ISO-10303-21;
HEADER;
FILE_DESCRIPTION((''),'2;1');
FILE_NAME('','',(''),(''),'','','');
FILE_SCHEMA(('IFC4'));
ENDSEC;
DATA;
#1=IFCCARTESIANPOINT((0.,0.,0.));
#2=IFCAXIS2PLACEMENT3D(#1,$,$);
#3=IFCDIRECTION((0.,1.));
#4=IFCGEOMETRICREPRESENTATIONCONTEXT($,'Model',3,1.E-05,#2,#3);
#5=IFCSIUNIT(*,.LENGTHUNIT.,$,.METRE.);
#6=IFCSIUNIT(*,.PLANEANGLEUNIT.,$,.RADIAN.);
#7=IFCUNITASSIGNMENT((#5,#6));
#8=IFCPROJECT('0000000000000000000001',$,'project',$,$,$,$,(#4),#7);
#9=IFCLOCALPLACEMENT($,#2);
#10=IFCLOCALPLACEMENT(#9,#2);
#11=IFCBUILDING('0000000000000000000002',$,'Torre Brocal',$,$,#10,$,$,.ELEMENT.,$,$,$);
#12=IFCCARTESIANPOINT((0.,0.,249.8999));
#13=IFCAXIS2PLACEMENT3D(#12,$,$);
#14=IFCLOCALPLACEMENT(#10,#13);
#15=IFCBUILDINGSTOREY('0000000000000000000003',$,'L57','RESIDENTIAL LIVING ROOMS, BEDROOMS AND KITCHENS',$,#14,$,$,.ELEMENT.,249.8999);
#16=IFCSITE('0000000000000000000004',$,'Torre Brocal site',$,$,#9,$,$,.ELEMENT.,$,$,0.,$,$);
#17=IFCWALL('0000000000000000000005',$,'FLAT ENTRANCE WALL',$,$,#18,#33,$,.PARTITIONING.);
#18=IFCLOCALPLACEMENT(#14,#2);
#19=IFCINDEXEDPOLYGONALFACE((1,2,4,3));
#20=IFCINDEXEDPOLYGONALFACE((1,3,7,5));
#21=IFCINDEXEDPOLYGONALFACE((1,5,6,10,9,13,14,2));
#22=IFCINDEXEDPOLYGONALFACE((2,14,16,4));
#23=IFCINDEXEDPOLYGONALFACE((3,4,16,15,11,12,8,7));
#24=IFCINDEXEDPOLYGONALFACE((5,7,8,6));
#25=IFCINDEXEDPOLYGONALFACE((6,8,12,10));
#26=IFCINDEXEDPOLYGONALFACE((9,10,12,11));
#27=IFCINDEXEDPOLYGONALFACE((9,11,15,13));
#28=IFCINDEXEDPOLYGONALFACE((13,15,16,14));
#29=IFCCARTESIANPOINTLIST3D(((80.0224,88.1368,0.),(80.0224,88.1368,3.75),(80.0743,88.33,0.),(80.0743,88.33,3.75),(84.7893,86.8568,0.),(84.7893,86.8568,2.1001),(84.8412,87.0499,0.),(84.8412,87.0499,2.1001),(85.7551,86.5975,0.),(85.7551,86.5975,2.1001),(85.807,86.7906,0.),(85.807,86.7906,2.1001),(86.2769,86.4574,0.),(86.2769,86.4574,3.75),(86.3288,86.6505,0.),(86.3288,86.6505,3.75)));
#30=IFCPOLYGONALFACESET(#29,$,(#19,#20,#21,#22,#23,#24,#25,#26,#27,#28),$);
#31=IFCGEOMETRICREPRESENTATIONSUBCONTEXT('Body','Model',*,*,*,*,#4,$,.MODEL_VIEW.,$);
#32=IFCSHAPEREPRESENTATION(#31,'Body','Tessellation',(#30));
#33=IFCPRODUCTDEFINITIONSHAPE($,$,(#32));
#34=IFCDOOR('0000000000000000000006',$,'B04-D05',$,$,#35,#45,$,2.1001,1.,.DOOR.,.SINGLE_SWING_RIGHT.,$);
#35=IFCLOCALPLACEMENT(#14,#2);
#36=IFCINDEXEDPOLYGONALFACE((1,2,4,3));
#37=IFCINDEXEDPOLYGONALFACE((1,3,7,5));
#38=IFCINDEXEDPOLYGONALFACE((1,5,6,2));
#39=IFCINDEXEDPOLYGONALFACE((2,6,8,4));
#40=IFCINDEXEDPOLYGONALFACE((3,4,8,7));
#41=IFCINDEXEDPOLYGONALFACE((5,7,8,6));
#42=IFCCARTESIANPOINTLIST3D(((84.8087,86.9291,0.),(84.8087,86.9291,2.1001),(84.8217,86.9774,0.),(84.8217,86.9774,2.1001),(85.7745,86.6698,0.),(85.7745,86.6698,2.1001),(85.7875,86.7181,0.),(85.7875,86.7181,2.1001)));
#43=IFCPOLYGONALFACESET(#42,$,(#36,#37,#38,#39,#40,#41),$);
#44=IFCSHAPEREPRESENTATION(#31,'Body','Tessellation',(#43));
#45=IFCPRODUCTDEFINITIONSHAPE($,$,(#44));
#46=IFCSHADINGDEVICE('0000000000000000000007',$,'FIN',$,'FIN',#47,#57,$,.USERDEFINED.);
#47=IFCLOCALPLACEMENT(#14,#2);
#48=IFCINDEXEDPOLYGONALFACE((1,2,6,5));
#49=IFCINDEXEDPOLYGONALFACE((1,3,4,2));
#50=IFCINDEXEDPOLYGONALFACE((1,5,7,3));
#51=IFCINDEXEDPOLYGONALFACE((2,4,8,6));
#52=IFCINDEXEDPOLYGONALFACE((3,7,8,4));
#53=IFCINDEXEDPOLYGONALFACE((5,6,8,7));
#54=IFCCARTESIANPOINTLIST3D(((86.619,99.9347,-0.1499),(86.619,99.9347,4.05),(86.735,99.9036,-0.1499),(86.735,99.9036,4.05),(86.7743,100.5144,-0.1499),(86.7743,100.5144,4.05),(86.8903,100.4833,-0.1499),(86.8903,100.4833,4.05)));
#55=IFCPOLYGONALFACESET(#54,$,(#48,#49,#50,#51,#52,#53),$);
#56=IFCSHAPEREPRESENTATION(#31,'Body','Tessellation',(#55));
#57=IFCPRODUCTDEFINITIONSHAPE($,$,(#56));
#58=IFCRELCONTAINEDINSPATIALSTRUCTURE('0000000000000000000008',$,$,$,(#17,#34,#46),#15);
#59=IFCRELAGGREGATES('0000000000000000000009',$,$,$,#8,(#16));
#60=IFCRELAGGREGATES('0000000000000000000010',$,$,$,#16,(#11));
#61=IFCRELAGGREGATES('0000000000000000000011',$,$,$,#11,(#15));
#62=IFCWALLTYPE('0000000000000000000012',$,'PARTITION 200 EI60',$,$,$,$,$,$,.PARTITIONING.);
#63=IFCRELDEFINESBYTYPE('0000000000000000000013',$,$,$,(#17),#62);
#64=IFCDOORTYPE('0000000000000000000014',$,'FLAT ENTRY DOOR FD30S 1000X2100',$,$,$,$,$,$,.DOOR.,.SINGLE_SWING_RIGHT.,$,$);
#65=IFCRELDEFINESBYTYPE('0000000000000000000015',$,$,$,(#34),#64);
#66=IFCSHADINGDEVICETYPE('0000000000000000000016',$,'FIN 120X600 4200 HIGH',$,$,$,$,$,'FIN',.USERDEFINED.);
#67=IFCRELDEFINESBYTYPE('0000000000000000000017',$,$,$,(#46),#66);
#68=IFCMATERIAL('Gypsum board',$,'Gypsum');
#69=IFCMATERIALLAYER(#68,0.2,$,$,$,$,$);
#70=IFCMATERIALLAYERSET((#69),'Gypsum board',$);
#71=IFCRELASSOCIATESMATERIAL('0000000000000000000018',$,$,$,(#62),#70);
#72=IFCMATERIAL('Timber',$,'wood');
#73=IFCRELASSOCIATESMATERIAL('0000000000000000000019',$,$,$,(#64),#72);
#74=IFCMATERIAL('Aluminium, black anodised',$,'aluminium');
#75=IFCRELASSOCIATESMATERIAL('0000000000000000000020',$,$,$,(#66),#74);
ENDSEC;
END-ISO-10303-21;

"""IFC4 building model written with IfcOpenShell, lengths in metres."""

from ifc_helpers import new_model, si_unit, direction, frame, frame_2d, origin, origin_2d, place, context, subcontext, project, spatial, rectangle, extrude, material, layer, layer_set, material_profile, profile_set, type_object, element, fill, save


model = new_model("IFC4")

# Units and contexts
model_context = context("Model", 3, precision=1e-05, world=origin(), true_north=direction((0.0, 1.0)))
body_context = subcontext(model_context, "Body", "Model", "MODEL_VIEW")
ifc_project = project(units=[si_unit("LENGTHUNIT", "METRE"), si_unit("PLANEANGLEUNIT", "RADIAN")], contexts=[model_context])

# Site, building, storey
site_placement = place(None, origin())
site = spatial("IfcSite", under=ifc_project, at=site_placement, Name="Torre Brocal site", CompositionType="ELEMENT", RefElevation=0.0)
building_placement = place(site_placement, origin())
building = spatial("IfcBuilding", under=site, at=building_placement, Name="Torre Brocal", CompositionType="ELEMENT")
storey_placement = place(building_placement, frame((0.0, 0.0, 249.8999)))
storey = spatial("IfcBuildingStorey", under=building, at=storey_placement, Name="L57", Description="RESIDENTIAL LIVING ROOMS, BEDROOMS AND KITCHENS", CompositionType="ELEMENT", Elevation=249.8999)

# Wall, opening, door
ifc_material_1 = material(Name="Gypsum board", Category="Gypsum")
ifc_layer_1 = layer(ifc_material_1, 0.2)
ifc_layer_set_1 = layer_set([ifc_layer_1], Name="Gypsum board")
wall_type_1 = type_object("IfcWallType", Name="PARTITION 200 EI60", PredefinedType="PARTITIONING", material=ifc_layer_set_1)
wall_1_placement = place(storey_placement, frame((80.0483, 88.2334, 0.0), z_axis=(0.0, 0.0, 1.0), x_axis=(0.965787, -0.259335, 0.0)))
wall_1 = element("IfcWall", 1, at=wall_1_placement, inside=storey, type_object=wall_type_1, Name="FLAT ENTRANCE WALL", PredefinedType="PARTITIONING", context=body_context, shape_type="SweptSolid", body=[
    extrude(rectangle(XDim=6.4761, YDim=0.2, at=frame_2d((3.238, 0.0))), origin(), (0.0, 0.0, 1.0), 3.75),
])
opening_1_placement = place(wall_1_placement, frame((4.9358, 0.0, 0.0)))
opening_1 = element("IfcOpeningElement", 2, at=opening_1_placement, cuts=wall_1, PredefinedType="OPENING", context=body_context, shape_type="SweptSolid", body=[
    extrude(rectangle(XDim=1.0, YDim=2.1001, at=frame_2d((0.5, 1.05))), frame((0.0, 0.1099, 0.0), z_axis=(0.0, -1.0, 0.0), x_axis=(1.0, 0.0, 0.0)), (0.0, 0.0, 1.0), 0.22),
])
ifc_material_2 = material(Name="Timber", Category="wood")
door_type_1 = type_object("IfcDoorType", Name="FLAT ENTRY DOOR FD30S 1000X2100", OperationType="SINGLE_SWING_RIGHT", PredefinedType="DOOR", material=ifc_material_2)
door_1_placement = place(opening_1_placement, origin())
door_1 = element("IfcDoor", 3, at=door_1_placement, inside=storey, type_object=door_type_1, Name="B04-D05", OperationType="SINGLE_SWING_RIGHT", OverallHeight=2.1001, OverallWidth=1.0, PredefinedType="DOOR", context=body_context, shape_type="SweptSolid", body=[
    extrude(rectangle(XDim=1.0, YDim=2.1001, at=frame_2d((0.5, 1.05))), frame((0.0, 0.0249, 0.0), z_axis=(0.0, -1.0, 0.0), x_axis=(1.0, 0.0, 0.0)), (0.0, 0.0, 1.0), 0.05),
])
fill(opening_1, door_1)

# Shading device
ifc_material_3 = material(Name="Aluminium, black anodised", Category="aluminium")
ifc_material_profile_1 = material_profile(ifc_material_3, rectangle(XDim=0.1201, YDim=0.6001, at=origin_2d()), Name="FIN 120X600 4200 HIGH")
ifc_profile_set_1 = profile_set([ifc_material_profile_1], Name="Aluminium, black anodised")
shading_device_type = type_object("IfcShadingDeviceType", Name="FIN 120X600 4200 HIGH", ElementType="FIN", PredefinedType="USERDEFINED", material=ifc_profile_set_1)
shading_device_placement = place(storey_placement, frame((86.7546, 100.209, -0.1499), z_axis=(0.0, 0.0, 1.0), x_axis=(-0.965926, 0.258819, 0.0)))
element("IfcShadingDevice", 4, at=shading_device_placement, inside=storey, type_object=shading_device_type, Name="FIN", ObjectType="FIN", PredefinedType="USERDEFINED", context=body_context, shape_type="SweptSolid", body=[
    extrude(rectangle(XDim=0.1201, YDim=0.6001, at=origin_2d()), origin(), (0.0, 0.0, 1.0), 4.2),
])

save(model, "model.ifc")
